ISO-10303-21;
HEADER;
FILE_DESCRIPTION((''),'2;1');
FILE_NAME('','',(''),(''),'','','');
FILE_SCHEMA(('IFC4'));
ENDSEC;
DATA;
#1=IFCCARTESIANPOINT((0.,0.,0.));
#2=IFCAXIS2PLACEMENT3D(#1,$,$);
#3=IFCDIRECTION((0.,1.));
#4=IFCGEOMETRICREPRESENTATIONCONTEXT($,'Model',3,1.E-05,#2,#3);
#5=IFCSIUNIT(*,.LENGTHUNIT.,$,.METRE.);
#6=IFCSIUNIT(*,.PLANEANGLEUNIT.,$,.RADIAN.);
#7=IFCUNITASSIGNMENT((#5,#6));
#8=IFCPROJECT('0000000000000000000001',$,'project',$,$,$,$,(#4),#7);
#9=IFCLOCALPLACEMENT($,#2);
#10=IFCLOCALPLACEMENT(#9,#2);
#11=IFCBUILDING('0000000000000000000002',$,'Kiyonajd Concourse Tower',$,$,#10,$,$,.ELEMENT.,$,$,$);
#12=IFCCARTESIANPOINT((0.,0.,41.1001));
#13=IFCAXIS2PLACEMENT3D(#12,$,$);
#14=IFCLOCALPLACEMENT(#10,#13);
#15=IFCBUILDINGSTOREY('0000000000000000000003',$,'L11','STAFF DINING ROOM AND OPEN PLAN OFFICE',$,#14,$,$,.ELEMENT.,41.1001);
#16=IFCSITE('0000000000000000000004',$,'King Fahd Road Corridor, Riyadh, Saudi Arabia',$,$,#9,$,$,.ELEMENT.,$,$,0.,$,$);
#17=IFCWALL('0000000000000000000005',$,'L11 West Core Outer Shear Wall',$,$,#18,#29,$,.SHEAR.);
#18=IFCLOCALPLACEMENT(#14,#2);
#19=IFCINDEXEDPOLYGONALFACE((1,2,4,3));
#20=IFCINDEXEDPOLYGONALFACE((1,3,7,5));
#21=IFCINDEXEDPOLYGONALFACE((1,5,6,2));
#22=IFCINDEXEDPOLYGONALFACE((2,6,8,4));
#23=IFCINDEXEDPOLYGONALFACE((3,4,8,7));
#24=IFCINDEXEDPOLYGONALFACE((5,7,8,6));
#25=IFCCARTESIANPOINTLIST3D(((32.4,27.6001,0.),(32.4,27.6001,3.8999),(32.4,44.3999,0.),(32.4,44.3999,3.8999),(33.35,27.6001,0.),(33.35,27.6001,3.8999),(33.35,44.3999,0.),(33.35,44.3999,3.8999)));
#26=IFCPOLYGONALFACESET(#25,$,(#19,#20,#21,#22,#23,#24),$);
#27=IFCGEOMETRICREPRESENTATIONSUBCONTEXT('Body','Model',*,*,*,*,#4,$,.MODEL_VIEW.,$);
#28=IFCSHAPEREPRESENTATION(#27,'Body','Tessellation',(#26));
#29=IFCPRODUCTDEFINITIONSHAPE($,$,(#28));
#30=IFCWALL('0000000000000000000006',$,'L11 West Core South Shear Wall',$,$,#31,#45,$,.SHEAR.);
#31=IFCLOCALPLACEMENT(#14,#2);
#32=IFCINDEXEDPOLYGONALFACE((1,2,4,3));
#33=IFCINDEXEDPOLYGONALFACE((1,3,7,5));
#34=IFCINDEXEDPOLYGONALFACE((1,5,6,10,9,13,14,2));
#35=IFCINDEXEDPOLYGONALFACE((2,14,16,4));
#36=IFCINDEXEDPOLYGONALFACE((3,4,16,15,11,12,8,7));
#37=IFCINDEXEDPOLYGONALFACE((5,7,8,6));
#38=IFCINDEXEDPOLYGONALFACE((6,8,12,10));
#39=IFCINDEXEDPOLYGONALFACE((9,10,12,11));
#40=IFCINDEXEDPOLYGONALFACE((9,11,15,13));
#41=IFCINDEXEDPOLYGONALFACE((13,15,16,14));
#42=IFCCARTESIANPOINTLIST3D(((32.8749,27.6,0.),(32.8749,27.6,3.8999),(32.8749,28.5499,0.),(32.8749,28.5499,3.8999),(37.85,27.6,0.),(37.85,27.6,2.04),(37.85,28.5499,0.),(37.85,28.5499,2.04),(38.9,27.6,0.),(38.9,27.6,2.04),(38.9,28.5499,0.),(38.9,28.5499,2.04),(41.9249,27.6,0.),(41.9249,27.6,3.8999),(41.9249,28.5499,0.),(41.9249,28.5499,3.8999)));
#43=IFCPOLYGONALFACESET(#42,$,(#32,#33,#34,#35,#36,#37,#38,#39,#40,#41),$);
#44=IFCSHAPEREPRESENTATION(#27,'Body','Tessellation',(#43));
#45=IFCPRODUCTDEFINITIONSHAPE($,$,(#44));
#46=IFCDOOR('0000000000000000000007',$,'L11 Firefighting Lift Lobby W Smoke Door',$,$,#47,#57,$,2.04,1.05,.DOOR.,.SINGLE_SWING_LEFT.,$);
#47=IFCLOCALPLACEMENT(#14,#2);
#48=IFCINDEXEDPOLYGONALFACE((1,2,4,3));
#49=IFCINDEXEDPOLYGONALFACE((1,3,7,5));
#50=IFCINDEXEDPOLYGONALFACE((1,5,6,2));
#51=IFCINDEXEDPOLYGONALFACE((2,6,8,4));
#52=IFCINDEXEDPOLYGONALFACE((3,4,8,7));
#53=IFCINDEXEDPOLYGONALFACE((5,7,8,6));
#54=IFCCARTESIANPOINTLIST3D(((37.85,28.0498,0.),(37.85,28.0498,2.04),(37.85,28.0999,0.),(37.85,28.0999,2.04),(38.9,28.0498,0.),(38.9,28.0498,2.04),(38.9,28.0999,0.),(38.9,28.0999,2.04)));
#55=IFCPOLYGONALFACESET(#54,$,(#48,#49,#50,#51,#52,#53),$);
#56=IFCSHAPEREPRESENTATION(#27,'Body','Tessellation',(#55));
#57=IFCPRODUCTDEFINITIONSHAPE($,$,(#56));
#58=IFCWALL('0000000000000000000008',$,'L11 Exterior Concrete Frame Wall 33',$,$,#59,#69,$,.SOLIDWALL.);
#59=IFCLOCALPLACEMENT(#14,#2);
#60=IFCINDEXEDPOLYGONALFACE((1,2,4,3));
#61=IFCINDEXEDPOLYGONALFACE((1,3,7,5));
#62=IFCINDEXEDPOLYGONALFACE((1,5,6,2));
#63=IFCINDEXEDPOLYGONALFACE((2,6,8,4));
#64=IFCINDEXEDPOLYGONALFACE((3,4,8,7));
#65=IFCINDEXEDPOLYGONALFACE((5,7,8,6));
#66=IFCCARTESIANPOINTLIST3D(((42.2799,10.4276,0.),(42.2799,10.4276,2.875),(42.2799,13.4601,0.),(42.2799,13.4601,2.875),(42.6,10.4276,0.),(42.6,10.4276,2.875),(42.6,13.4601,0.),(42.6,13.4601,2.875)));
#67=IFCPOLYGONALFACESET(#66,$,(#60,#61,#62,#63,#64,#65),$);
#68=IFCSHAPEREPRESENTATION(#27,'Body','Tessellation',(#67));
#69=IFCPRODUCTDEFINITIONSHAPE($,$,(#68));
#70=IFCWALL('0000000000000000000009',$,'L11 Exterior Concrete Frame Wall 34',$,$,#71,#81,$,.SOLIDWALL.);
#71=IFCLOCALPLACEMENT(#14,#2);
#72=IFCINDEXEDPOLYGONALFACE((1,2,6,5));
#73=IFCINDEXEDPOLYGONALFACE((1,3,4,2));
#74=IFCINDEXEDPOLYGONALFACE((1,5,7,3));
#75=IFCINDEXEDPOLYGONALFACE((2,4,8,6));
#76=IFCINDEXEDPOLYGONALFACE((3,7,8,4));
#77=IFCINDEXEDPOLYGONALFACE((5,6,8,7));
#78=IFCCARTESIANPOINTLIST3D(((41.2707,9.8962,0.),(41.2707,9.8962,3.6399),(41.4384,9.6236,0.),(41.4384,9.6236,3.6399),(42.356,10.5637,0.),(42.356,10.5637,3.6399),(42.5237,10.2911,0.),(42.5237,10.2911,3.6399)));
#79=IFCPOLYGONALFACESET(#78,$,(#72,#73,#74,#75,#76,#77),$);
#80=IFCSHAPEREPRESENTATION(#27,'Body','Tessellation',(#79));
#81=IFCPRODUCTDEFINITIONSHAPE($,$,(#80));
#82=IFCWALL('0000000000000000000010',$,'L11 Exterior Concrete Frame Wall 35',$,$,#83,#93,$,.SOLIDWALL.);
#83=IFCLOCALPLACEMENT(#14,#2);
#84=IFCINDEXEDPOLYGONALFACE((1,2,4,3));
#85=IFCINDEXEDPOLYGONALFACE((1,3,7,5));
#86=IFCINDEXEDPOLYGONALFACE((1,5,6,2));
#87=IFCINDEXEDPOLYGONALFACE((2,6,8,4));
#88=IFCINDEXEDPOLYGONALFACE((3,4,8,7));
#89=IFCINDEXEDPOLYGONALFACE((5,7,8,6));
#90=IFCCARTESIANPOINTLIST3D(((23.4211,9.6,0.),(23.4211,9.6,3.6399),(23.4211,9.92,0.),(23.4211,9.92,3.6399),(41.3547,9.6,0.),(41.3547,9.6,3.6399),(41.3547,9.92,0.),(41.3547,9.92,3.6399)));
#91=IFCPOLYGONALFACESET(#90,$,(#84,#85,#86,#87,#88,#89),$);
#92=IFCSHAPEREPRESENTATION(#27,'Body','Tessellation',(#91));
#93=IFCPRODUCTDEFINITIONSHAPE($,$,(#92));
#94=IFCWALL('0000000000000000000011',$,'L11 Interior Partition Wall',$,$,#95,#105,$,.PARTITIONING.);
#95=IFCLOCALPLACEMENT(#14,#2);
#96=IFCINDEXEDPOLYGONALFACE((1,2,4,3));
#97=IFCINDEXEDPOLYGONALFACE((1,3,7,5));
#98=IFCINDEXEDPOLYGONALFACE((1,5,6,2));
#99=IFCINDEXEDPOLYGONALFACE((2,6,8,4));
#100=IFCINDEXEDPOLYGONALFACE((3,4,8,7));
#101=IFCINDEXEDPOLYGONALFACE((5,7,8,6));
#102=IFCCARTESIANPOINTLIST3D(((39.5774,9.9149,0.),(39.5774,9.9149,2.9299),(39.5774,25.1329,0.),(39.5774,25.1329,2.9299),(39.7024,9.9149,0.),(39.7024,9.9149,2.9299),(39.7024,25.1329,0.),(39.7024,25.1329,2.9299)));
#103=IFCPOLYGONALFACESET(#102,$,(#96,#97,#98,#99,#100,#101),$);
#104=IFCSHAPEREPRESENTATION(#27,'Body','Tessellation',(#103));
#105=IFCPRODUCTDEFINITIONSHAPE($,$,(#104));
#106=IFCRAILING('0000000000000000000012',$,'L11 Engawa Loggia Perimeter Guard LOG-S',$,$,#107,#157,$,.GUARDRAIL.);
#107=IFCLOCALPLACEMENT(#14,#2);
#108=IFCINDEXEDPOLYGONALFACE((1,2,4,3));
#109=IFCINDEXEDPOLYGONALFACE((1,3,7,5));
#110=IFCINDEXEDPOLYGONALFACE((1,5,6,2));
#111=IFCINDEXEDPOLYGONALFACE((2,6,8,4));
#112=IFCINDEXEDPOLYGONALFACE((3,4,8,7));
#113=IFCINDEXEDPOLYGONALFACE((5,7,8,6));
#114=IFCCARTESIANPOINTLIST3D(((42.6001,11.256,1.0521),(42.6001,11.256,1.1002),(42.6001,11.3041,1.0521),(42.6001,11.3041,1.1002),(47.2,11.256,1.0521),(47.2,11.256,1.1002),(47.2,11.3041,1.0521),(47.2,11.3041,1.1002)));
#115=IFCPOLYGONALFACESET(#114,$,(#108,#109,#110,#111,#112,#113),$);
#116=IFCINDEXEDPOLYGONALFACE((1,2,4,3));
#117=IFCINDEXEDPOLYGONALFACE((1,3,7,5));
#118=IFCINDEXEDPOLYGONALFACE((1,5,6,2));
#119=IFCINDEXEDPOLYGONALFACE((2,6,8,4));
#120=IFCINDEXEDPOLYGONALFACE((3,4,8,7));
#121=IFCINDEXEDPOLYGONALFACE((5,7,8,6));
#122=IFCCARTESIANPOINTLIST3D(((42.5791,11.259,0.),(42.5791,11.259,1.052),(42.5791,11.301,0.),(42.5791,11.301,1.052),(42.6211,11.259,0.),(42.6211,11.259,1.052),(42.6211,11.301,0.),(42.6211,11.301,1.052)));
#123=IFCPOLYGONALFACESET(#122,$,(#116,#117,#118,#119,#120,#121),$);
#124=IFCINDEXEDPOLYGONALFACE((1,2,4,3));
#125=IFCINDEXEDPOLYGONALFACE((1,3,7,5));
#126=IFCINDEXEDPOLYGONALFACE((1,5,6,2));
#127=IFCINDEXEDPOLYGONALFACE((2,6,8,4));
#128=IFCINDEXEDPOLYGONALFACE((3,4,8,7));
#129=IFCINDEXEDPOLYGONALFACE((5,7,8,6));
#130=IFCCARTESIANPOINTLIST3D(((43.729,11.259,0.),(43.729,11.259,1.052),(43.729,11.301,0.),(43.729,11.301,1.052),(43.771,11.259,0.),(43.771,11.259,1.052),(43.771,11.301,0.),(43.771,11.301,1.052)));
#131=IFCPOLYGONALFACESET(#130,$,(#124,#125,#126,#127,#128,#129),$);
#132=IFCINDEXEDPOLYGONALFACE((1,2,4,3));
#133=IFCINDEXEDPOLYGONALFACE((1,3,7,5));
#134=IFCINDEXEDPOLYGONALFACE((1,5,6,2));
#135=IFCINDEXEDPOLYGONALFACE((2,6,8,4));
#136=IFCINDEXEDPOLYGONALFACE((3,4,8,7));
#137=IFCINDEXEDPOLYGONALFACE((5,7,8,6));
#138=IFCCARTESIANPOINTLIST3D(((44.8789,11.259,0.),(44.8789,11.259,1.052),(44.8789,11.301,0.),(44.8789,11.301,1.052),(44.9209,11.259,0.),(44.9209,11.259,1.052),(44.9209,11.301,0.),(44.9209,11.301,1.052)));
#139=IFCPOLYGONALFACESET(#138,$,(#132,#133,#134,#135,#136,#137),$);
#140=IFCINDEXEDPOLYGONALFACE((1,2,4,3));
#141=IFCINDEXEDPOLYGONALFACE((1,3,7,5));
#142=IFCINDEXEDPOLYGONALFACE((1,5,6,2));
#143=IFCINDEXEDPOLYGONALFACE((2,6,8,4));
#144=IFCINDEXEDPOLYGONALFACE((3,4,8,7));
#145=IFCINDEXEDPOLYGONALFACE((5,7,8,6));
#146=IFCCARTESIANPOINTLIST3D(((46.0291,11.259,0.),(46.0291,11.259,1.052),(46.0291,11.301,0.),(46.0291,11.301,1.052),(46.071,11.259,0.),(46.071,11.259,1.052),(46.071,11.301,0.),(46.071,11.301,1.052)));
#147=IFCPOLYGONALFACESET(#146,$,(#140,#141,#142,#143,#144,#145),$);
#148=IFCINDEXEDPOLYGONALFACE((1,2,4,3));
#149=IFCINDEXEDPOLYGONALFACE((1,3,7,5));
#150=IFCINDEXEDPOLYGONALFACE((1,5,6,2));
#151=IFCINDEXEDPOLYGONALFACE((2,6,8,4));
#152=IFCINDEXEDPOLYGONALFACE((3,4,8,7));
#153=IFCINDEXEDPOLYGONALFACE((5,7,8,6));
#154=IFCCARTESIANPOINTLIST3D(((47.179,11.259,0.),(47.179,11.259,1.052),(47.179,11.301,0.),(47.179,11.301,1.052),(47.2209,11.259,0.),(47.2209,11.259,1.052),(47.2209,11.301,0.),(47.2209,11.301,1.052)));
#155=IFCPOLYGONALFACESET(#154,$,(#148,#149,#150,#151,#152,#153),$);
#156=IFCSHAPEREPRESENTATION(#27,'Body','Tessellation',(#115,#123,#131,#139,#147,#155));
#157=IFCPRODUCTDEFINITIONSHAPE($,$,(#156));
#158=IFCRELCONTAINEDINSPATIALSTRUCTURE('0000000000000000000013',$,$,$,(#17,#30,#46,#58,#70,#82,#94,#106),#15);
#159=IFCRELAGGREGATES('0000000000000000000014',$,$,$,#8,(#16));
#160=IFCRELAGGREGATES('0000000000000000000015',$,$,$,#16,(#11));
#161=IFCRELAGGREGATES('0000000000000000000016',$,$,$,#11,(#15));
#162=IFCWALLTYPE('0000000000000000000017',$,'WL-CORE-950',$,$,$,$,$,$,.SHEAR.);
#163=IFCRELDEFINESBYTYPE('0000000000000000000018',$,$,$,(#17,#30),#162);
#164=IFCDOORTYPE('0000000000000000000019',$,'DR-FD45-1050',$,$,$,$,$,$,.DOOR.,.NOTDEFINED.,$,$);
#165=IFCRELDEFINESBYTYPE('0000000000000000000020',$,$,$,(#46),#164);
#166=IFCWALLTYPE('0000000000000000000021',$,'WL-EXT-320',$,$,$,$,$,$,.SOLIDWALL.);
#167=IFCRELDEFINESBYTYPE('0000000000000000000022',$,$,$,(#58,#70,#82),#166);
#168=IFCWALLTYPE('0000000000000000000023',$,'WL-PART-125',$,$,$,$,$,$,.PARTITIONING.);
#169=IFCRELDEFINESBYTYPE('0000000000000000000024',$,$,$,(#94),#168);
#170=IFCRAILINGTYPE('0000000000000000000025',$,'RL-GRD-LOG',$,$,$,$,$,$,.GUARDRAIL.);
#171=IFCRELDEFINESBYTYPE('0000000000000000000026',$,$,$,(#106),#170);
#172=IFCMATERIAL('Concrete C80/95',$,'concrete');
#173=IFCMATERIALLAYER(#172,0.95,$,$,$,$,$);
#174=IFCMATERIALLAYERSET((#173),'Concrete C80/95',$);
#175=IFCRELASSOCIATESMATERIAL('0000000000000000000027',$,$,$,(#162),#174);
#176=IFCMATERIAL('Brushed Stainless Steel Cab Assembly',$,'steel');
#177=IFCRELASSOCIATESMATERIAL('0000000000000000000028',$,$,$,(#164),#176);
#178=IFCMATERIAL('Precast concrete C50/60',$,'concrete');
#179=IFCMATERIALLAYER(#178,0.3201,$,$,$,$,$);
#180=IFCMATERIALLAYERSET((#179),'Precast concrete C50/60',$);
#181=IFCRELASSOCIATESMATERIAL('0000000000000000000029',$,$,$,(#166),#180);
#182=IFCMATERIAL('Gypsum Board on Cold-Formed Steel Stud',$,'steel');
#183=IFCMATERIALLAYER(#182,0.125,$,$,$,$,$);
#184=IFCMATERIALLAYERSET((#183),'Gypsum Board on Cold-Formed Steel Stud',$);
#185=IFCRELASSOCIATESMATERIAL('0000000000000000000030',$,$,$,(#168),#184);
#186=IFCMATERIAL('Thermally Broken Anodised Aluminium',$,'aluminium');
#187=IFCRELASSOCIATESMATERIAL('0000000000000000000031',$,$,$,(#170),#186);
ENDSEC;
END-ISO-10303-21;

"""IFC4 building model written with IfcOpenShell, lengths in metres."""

from ifc_helpers import new_model, si_unit, direction, frame, frame_2d, origin, origin_2d, place, context, subcontext, project, spatial, rectangle, extrude, material, layer, layer_set, type_object, element, fill, save


model = new_model("IFC4")

# Units and contexts
model_context = context("Model", 3, precision=1e-05, world=origin(), true_north=direction((0.0, 1.0)))
body_context = subcontext(model_context, "Body", "Model", "MODEL_VIEW")
ifc_project = project(units=[si_unit("LENGTHUNIT", "METRE"), si_unit("PLANEANGLEUNIT", "RADIAN")], contexts=[model_context])

# Site, building, storey
site_placement = place(None, origin())
site = spatial("IfcSite", under=ifc_project, at=site_placement, Name="King Fahd Road Corridor, Riyadh, Saudi Arabia", CompositionType="ELEMENT", RefElevation=0.0)
building_placement = place(site_placement, origin())
building = spatial("IfcBuilding", under=site, at=building_placement, Name="Kiyonajd Concourse Tower", CompositionType="ELEMENT")
storey_placement = place(building_placement, frame((0.0, 0.0, 41.1001)))
storey = spatial("IfcBuildingStorey", under=building, at=storey_placement, Name="L11", Description="STAFF DINING ROOM AND OPEN PLAN OFFICE", CompositionType="ELEMENT", Elevation=41.1001)

# Shared definitions
ifc_material_1 = material(Name="Concrete C80/95", Category="concrete")

# Shared definitions
ifc_material_2 = material(Name="Precast concrete C50/60", Category="concrete")

# Shared definitions
ifc_material_3 = material(Name="Thermally Broken Anodised Aluminium", Category="aluminium")

# Wall
ifc_layer_1 = layer(ifc_material_1, 0.95)
ifc_layer_set_1 = layer_set([ifc_layer_1], Name="Concrete C80/95")
wall_type_1 = type_object("IfcWallType", Name="WL-CORE-950", PredefinedType="SHEAR", material=ifc_layer_set_1)
wall_1_placement = place(storey_placement, frame((32.875, 27.6001, 0.0), z_axis=(0.0, 0.0, 1.0), x_axis=(0.0, 1.0, 0.0)))
element("IfcWall", 1, at=wall_1_placement, inside=storey, type_object=wall_type_1, Name="L11 West Core Outer Shear Wall", PredefinedType="SHEAR", context=body_context, shape_type="SweptSolid", body=[
    extrude(rectangle(XDim=16.7998, YDim=0.95, at=frame_2d((8.3999, 0.0))), origin(), (0.0, 0.0, 1.0), 3.8999),
])

# Wall, opening, door
wall_2_placement = place(storey_placement, frame((32.875, 28.075, 0.0), z_axis=(0.0, 0.0, 1.0), x_axis=(1.0, 0.0, 0.0)))
wall_2 = element("IfcWall", 2, at=wall_2_placement, inside=storey, type_object=wall_type_1, Name="L11 West Core South Shear Wall", PredefinedType="SHEAR", context=body_context, shape_type="SweptSolid", body=[
    extrude(rectangle(XDim=9.05, YDim=0.95, at=frame_2d((4.5249, 0.0))), origin(), (0.0, 0.0, 1.0), 3.8999),
])
opening_placement = place(wall_2_placement, frame((4.9751, 0.0, 0.0)))
opening = element("IfcOpeningElement", 3, at=opening_placement, cuts=wall_2, PredefinedType="OPENING", context=body_context, shape_type="SweptSolid", body=[
    extrude(rectangle(XDim=1.05, YDim=2.04, at=frame_2d((0.5249, 1.02))), frame((0.0, 0.4849, 0.0), z_axis=(0.0, -1.0, 0.0), x_axis=(1.0, 0.0, 0.0)), (0.0, 0.0, 1.0), 0.97),
])
ifc_material_4 = material(Name="Brushed Stainless Steel Cab Assembly", Category="steel")
door_type = type_object("IfcDoorType", Name="DR-FD45-1050", OperationType="NOTDEFINED", PredefinedType="DOOR", material=ifc_material_4)
door_placement = place(opening_placement, origin())
door = element("IfcDoor", 4, at=door_placement, inside=storey, type_object=door_type, Name="L11 Firefighting Lift Lobby W Smoke Door", OperationType="SINGLE_SWING_LEFT", OverallHeight=2.04, OverallWidth=1.05, PredefinedType="DOOR", context=body_context, shape_type="SweptSolid", body=[
    extrude(rectangle(XDim=1.05, YDim=2.04, at=frame_2d((0.5249, 1.02))), frame((0.0, 0.0249, 0.0), z_axis=(0.0, -1.0, 0.0), x_axis=(1.0, 0.0, 0.0)), (0.0, 0.0, 1.0), 0.05),
])
fill(opening, door)

# Walls
ifc_layer_2 = layer(ifc_material_2, 0.3201)
ifc_layer_set_2 = layer_set([ifc_layer_2], Name="Precast concrete C50/60")
wall_type_2 = type_object("IfcWallType", Name="WL-EXT-320", PredefinedType="SOLIDWALL", material=ifc_layer_set_2)
wall_3_placement = place(storey_placement, frame((42.4399, 13.46, 0.0), z_axis=(0.0, 0.0, 1.0), x_axis=(0.0, -1.0, 0.0)))
element("IfcWall", 5, at=wall_3_placement, inside=storey, type_object=wall_type_2, Name="L11 Exterior Concrete Frame Wall 33", PredefinedType="SOLIDWALL", context=body_context, shape_type="SweptSolid", body=[
    extrude(rectangle(XDim=3.0325, YDim=0.3201, at=frame_2d((1.5161, 0.0))), origin(), (0.0, 0.0, 1.0), 2.875),
])
wall_4_placement = place(storey_placement, frame((42.4399, 10.4275, 0.0), z_axis=(0.0, 0.0, 1.0), x_axis=(-0.851777, -0.523905, 0.0)))
element("IfcWall", 6, at=wall_4_placement, inside=storey, type_object=wall_type_2, Name="L11 Exterior Concrete Frame Wall 34", PredefinedType="SOLIDWALL", context=body_context, shape_type="SweptSolid", body=[
    extrude(rectangle(XDim=1.2742, YDim=0.3201, at=frame_2d((0.6372, 0.0))), origin(), (0.0, 0.0, 1.0), 3.6399),
])
wall_5_placement = place(storey_placement, frame((41.3547, 9.76, 0.0), z_axis=(0.0, 0.0, 1.0), x_axis=(-1.0, 0.0, 0.0)))
element("IfcWall", 7, at=wall_5_placement, inside=storey, type_object=wall_type_2, Name="L11 Exterior Concrete Frame Wall 35", PredefinedType="SOLIDWALL", context=body_context, shape_type="SweptSolid", body=[
    extrude(rectangle(XDim=17.9336, YDim=0.3201, at=frame_2d((8.9668, 0.0))), origin(), (0.0, 0.0, 1.0), 3.6399),
])
ifc_material_5 = material(Name="Gypsum Board on Cold-Formed Steel Stud", Category="steel")
ifc_layer_3 = layer(ifc_material_5, 0.125)
ifc_layer_set_3 = layer_set([ifc_layer_3], Name="Gypsum Board on Cold-Formed Steel Stud")
wall_type_3 = type_object("IfcWallType", Name="WL-PART-125", PredefinedType="PARTITIONING", material=ifc_layer_set_3)
wall_6_placement = place(storey_placement, frame((39.6399, 9.915, 0.0), z_axis=(0.0, 0.0, 1.0), x_axis=(0.0, 1.0, 0.0)))
element("IfcWall", 8, at=wall_6_placement, inside=storey, type_object=wall_type_3, Name="L11 Interior Partition Wall", PredefinedType="PARTITIONING", context=body_context, shape_type="SweptSolid", body=[
    extrude(rectangle(XDim=15.218, YDim=0.125, at=frame_2d((7.6089, 0.0))), origin(), (0.0, 0.0, 1.0), 2.9299),
])

# Railing
railing_type = type_object("IfcRailingType", Name="RL-GRD-LOG", PredefinedType="GUARDRAIL", material=ifc_material_3)
railing_placement = place(storey_placement, frame((42.6001, 11.28, 0.0)))
element("IfcRailing", 9, at=railing_placement, inside=storey, type_object=railing_type, Name="L11 Engawa Loggia Perimeter Guard LOG-S", PredefinedType="GUARDRAIL", context=body_context, shape_type="SweptSolid", body=[
    extrude(rectangle(XDim=0.0481, YDim=0.0481, at=origin_2d()), frame((0.0, 0.0, 1.0762), z_axis=(1.0, 0.0, 0.0), x_axis=(0.0, 1.0, 0.0)), (0.0, 0.0, 1.0), 4.5999),
    extrude(rectangle(XDim=0.042, YDim=0.042, at=origin_2d()), origin(), (0.0, 0.0, 1.0), 1.052),
    extrude(rectangle(XDim=0.042, YDim=0.042, at=origin_2d()), frame((1.1499, 0.0, 0.0)), (0.0, 0.0, 1.0), 1.052),
    extrude(rectangle(XDim=0.042, YDim=0.042, at=origin_2d()), frame((2.2998, 0.0, 0.0)), (0.0, 0.0, 1.0), 1.052),
    extrude(rectangle(XDim=0.042, YDim=0.042, at=origin_2d()), frame((3.45, 0.0, 0.0)), (0.0, 0.0, 1.0), 1.052),
    extrude(rectangle(XDim=0.042, YDim=0.042, at=origin_2d()), frame((4.5999, 0.0, 0.0)), (0.0, 0.0, 1.0), 1.052),
])

save(model, "model.ifc")
